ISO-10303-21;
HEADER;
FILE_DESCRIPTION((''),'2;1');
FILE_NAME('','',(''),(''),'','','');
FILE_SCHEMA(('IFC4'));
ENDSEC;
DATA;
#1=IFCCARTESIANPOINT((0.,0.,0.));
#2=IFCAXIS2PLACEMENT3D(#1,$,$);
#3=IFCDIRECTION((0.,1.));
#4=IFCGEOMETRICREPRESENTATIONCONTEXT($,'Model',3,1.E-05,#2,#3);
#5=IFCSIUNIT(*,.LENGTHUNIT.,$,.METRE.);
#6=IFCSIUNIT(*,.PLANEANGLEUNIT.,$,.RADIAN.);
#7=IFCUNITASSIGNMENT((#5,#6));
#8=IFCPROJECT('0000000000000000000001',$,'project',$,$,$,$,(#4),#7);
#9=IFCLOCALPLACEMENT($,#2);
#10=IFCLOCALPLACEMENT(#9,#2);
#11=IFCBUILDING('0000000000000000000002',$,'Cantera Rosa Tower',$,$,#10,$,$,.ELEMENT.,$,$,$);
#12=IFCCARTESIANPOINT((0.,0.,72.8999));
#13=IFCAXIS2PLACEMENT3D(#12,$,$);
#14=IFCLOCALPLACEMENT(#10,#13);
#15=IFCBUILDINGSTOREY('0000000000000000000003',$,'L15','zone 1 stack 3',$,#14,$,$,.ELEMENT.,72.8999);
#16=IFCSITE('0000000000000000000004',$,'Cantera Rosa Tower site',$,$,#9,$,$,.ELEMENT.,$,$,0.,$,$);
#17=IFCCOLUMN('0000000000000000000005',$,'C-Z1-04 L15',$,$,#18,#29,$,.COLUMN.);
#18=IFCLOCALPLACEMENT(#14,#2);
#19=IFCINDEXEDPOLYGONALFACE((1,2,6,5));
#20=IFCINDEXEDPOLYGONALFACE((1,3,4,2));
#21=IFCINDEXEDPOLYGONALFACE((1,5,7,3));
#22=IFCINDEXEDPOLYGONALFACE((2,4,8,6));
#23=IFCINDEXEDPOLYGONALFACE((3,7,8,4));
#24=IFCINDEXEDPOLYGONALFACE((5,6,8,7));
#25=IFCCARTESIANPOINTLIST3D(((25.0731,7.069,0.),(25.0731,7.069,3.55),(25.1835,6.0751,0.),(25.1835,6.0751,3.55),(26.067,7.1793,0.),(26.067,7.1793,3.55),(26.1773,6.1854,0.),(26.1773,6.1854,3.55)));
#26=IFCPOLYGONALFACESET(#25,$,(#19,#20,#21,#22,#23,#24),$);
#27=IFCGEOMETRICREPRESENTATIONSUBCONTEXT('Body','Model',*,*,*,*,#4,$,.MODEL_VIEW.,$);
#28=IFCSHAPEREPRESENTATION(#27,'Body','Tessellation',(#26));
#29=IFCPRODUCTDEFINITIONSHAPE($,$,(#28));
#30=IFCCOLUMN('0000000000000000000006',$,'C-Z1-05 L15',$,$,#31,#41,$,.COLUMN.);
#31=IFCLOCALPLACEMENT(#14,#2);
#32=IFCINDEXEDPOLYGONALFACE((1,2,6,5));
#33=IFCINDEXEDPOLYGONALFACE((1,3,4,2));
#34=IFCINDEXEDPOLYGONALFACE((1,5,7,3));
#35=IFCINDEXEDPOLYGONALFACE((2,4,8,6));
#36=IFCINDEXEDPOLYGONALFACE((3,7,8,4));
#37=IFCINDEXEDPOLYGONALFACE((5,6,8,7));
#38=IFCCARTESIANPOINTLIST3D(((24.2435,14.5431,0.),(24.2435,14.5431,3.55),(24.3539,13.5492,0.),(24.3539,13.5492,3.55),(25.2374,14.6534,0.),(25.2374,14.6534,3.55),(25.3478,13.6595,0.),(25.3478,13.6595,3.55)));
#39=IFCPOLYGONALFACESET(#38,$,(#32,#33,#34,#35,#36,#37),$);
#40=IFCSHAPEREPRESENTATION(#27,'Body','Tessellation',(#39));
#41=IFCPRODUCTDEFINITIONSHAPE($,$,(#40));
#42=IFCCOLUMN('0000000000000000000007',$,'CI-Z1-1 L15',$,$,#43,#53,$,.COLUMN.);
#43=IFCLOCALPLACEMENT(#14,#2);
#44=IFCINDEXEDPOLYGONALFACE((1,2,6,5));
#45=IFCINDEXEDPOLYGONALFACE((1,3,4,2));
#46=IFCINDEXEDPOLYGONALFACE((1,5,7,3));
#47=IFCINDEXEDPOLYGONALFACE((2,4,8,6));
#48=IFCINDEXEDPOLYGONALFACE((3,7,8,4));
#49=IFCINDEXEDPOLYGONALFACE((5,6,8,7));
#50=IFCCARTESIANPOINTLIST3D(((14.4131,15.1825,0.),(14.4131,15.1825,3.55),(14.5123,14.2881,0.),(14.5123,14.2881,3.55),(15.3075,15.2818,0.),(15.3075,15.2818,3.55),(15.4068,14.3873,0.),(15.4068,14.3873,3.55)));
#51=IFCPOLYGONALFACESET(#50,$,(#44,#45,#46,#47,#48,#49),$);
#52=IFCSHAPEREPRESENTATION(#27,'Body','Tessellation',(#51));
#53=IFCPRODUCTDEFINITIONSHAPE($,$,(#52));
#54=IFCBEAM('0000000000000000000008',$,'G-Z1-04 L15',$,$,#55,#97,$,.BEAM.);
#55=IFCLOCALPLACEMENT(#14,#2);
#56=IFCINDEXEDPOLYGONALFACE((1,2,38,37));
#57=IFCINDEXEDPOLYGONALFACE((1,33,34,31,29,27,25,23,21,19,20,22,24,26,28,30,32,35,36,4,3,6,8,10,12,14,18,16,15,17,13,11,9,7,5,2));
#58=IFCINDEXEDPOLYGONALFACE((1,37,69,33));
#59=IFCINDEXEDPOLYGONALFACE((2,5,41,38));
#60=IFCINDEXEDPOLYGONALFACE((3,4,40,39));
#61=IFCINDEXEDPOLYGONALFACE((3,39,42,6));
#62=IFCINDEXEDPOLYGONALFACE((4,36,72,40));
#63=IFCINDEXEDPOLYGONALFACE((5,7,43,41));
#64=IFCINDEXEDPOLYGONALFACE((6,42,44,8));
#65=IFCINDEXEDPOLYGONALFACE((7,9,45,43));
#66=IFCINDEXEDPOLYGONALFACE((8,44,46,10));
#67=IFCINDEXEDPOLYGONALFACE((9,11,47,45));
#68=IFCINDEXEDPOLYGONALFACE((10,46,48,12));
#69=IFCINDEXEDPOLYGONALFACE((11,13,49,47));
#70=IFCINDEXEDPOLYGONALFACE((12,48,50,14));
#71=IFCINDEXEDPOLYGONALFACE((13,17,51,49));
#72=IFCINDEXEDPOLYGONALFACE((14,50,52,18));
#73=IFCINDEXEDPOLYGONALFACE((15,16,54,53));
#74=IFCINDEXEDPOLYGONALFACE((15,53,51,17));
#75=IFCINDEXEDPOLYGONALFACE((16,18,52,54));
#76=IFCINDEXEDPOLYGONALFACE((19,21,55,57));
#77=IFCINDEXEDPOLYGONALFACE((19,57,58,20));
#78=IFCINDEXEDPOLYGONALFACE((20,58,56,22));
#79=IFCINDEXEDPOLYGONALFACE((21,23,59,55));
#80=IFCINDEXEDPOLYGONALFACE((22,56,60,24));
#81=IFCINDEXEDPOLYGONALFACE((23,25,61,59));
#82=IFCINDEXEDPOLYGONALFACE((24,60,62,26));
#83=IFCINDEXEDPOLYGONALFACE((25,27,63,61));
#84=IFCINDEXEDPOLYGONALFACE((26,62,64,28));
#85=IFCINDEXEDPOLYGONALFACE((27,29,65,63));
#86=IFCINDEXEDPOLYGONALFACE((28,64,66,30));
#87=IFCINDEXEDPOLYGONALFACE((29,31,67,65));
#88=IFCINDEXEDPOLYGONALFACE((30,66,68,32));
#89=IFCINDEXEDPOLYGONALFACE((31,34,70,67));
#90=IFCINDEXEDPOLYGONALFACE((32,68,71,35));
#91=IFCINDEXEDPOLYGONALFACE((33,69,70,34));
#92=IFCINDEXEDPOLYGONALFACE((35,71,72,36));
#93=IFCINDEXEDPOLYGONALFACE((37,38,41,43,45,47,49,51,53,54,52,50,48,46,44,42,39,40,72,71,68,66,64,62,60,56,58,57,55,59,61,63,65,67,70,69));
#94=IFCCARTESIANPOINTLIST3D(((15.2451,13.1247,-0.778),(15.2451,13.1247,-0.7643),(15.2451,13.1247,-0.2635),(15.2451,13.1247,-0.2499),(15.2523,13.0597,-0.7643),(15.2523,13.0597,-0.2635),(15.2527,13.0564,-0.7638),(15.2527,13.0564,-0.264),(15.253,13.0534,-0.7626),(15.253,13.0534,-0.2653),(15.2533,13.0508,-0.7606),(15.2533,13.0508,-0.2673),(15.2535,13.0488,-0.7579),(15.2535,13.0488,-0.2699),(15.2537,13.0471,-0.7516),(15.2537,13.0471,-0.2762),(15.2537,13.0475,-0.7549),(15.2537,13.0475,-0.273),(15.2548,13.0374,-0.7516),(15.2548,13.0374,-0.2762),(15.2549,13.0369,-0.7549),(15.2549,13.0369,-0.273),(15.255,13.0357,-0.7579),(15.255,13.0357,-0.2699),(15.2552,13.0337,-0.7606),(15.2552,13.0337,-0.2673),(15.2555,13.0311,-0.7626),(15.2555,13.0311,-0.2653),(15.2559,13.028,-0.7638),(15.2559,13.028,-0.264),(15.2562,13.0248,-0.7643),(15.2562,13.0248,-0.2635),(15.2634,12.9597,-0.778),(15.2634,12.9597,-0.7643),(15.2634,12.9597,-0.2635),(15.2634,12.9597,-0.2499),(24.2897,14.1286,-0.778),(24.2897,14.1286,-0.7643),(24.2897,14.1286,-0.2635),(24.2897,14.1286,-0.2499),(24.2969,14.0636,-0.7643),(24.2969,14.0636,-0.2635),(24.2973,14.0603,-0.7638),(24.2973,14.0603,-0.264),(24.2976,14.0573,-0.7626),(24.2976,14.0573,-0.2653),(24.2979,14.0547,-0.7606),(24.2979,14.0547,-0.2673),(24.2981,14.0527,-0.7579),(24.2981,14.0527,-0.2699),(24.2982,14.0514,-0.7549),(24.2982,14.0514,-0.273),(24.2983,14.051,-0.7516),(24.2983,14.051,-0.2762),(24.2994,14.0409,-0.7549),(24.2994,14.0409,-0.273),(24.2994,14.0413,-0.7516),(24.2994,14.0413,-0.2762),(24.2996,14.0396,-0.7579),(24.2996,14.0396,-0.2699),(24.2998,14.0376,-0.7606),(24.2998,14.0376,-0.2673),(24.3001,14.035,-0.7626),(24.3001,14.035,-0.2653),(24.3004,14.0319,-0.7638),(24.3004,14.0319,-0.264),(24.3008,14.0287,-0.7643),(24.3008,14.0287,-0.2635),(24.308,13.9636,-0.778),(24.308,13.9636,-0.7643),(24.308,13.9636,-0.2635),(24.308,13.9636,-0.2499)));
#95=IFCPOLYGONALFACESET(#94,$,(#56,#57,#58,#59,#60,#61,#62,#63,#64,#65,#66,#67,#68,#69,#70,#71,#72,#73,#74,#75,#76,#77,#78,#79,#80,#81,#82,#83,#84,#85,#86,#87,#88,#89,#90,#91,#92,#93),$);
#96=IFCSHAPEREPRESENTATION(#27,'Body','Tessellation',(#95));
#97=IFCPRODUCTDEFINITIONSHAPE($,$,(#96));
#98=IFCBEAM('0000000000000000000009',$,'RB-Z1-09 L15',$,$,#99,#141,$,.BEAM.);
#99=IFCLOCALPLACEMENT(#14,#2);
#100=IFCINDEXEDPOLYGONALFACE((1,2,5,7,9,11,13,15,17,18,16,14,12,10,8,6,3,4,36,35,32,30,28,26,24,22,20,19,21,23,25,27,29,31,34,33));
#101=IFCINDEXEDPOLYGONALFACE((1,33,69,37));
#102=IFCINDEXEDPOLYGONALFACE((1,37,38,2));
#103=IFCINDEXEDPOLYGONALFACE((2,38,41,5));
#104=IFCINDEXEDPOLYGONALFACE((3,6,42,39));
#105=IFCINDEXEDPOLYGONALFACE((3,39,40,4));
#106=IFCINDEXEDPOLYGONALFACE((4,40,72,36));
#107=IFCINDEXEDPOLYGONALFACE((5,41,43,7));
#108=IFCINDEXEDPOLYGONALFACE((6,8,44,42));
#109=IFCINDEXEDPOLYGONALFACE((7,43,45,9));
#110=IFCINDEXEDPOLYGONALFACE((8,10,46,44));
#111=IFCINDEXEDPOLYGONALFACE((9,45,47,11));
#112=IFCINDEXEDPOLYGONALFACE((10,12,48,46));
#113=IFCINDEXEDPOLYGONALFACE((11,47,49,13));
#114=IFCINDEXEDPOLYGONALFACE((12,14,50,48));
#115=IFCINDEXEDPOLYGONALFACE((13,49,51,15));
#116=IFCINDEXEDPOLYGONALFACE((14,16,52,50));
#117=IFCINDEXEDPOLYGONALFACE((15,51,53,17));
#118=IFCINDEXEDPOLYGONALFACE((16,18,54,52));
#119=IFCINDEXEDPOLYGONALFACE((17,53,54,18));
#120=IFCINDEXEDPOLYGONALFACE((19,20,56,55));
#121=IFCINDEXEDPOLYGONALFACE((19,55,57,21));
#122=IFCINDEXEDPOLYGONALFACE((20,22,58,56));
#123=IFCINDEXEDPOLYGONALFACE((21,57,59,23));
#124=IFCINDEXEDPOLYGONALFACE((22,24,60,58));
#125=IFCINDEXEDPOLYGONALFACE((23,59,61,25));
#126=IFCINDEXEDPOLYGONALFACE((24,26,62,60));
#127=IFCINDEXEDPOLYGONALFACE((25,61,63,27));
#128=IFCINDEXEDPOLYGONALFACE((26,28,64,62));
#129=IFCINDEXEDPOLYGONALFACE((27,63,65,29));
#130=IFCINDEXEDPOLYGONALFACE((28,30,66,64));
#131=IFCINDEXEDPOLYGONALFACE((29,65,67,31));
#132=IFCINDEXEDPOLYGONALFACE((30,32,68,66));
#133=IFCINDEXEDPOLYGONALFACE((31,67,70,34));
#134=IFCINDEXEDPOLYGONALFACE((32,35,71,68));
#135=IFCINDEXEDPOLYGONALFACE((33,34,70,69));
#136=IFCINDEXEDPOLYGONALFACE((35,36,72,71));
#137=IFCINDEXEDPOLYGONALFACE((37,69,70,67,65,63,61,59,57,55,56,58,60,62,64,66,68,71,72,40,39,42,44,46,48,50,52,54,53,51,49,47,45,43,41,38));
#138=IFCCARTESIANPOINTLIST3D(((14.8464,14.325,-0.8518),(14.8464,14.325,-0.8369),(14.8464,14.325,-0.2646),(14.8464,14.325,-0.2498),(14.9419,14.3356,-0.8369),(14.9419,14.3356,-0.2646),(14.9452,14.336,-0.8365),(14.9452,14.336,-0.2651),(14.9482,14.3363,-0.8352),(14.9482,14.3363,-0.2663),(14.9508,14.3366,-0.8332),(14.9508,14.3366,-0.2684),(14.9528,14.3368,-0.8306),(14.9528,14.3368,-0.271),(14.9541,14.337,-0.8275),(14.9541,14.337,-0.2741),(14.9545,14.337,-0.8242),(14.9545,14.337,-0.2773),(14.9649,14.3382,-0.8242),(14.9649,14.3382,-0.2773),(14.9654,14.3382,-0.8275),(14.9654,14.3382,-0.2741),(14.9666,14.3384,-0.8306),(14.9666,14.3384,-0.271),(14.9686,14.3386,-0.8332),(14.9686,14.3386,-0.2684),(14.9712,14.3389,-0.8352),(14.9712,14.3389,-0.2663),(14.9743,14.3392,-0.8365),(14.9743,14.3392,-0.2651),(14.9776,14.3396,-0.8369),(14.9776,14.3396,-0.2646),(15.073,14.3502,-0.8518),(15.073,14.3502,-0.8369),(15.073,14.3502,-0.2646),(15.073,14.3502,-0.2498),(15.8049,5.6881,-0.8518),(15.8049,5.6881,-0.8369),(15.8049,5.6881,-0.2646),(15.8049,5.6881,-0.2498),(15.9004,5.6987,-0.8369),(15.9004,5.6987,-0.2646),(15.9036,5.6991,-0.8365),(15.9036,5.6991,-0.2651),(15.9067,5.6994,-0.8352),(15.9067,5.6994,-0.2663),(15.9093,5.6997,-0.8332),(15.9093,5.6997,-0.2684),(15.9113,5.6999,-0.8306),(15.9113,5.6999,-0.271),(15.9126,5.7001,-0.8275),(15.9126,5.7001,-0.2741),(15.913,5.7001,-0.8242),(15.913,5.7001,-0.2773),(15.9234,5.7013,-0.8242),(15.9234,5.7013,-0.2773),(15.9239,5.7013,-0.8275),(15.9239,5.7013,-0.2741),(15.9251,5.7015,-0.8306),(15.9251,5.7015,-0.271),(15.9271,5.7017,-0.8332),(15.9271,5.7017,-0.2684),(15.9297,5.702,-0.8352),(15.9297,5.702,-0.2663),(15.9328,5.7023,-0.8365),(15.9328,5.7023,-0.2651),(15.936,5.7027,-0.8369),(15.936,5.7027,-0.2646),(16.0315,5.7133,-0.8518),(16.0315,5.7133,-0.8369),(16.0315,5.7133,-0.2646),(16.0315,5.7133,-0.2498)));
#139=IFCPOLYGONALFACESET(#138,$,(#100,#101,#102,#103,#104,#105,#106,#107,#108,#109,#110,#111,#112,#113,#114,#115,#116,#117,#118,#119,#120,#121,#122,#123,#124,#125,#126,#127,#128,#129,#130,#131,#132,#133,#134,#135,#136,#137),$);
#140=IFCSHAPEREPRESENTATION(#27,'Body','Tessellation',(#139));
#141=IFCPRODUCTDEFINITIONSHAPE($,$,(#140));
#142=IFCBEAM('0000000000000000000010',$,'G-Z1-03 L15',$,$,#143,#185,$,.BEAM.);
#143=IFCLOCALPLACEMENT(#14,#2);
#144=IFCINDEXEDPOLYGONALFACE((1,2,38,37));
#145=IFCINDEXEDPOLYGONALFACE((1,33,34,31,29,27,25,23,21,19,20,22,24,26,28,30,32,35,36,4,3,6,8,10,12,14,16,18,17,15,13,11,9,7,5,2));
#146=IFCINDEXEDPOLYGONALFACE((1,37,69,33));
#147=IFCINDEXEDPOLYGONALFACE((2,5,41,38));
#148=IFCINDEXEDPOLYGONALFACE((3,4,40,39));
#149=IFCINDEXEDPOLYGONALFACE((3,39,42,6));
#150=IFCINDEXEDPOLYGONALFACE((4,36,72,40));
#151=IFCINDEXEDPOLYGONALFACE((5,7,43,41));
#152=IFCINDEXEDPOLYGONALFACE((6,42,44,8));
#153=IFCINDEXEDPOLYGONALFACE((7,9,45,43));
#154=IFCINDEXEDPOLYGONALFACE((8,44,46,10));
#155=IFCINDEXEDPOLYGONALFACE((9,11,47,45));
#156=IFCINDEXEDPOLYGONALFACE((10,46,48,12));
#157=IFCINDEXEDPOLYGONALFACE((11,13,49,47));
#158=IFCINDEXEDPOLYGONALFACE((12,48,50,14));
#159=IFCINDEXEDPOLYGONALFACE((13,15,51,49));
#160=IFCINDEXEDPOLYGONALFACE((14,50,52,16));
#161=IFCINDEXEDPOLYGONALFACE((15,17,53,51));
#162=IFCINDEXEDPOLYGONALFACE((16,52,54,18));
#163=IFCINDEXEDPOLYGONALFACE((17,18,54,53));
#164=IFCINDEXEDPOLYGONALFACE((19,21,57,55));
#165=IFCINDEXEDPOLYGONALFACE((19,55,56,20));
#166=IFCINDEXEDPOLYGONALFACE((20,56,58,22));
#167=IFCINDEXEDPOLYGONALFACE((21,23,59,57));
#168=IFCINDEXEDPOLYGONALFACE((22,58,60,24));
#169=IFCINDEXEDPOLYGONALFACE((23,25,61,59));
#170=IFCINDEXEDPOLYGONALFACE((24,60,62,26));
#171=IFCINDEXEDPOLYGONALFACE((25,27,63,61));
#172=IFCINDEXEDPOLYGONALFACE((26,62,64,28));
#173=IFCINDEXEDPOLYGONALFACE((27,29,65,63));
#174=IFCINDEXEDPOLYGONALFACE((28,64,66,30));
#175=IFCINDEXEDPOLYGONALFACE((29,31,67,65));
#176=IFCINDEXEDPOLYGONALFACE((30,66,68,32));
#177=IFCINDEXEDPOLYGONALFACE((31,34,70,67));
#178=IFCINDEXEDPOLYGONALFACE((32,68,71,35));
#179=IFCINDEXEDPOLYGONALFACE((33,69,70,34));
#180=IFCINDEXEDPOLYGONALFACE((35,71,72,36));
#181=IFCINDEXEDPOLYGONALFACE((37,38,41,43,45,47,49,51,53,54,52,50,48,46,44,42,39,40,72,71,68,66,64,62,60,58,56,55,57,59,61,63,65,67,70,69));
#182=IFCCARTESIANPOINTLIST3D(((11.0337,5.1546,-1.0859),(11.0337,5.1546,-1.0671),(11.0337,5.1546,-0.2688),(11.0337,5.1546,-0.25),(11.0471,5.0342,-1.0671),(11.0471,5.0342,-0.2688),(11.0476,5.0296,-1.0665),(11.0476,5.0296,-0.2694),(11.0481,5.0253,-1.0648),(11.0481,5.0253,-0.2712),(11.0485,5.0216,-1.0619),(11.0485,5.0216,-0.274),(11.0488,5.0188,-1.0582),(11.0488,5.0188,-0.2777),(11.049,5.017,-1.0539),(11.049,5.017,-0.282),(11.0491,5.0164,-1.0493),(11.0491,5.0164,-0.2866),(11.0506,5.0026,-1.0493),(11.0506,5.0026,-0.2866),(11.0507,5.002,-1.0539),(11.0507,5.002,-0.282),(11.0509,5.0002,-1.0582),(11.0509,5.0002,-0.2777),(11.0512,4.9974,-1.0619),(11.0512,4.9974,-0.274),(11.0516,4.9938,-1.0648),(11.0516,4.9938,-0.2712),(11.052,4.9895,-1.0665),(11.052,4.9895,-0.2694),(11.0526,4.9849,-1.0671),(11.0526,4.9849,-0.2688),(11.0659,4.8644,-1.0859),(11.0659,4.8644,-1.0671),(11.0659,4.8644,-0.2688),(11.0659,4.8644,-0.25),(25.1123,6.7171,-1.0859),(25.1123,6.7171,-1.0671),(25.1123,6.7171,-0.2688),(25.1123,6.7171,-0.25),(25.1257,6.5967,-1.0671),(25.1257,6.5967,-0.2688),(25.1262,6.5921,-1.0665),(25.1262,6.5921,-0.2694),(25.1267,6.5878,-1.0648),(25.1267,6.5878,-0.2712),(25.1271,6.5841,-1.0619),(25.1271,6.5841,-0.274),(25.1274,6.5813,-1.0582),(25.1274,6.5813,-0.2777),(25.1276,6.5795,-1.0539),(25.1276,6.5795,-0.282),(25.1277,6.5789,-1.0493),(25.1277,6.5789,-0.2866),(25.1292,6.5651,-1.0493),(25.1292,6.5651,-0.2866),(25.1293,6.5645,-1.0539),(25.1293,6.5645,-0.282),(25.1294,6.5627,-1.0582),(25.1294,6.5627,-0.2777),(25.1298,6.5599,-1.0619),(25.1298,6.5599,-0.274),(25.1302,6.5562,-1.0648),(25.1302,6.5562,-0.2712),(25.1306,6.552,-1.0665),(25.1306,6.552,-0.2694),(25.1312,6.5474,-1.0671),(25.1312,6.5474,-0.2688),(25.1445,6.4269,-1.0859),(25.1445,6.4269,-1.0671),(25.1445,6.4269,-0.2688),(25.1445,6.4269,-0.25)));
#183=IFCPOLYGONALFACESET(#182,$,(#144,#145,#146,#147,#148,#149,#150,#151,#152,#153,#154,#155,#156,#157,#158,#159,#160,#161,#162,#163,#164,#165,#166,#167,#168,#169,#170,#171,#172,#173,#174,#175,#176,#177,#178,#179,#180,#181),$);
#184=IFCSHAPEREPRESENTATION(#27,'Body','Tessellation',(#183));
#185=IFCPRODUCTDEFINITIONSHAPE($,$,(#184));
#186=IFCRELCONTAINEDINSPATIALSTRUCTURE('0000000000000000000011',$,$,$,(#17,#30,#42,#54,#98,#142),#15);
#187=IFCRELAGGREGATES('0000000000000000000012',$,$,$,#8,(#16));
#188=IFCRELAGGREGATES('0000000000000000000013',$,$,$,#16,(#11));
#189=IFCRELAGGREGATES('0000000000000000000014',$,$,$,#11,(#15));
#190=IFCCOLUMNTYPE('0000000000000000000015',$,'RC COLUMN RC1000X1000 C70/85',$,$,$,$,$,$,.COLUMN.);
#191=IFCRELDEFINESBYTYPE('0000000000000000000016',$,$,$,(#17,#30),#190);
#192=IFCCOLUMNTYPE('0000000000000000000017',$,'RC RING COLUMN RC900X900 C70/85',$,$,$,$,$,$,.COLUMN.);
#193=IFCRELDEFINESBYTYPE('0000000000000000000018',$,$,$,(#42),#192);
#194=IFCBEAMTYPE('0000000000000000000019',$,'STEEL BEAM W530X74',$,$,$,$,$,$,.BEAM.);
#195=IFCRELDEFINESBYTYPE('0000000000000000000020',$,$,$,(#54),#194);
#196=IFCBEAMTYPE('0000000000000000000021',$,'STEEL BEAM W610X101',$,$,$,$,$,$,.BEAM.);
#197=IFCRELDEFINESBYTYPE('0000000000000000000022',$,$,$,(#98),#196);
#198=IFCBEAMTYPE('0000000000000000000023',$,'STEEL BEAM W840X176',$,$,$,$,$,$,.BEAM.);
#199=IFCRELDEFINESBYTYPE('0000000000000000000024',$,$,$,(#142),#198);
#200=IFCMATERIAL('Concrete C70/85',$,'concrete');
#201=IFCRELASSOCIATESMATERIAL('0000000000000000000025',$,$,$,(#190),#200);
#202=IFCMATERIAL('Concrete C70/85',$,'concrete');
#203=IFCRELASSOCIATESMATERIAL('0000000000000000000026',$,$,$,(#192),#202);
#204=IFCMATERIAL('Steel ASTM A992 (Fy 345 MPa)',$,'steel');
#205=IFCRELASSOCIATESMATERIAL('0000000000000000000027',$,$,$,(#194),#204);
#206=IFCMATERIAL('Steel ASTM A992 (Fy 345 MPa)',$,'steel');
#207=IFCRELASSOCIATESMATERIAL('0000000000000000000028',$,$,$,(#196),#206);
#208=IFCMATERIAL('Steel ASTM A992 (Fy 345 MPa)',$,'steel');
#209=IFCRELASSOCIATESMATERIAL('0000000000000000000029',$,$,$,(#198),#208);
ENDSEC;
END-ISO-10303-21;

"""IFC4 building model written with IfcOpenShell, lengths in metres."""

from ifc_helpers import new_model, si_unit, direction, frame, origin, origin_2d, place, context, subcontext, project, spatial, rectangle, i_section, extrude, material, material_profile, profile_set, type_object, element, save


model = new_model("IFC4")

# Units and contexts
model_context = context("Model", 3, precision=1e-05, world=origin(), true_north=direction((0.0, 1.0)))
body_context = subcontext(model_context, "Body", "Model", "MODEL_VIEW")
ifc_project = project(units=[si_unit("LENGTHUNIT", "METRE"), si_unit("PLANEANGLEUNIT", "RADIAN")], contexts=[model_context])

# Site, building, storey
site_placement = place(None, origin())
site = spatial("IfcSite", under=ifc_project, at=site_placement, Name="Cantera Rosa Tower site", CompositionType="ELEMENT", RefElevation=0.0)
building_placement = place(site_placement, origin())
building = spatial("IfcBuilding", under=site, at=building_placement, Name="Cantera Rosa Tower", CompositionType="ELEMENT")
storey_placement = place(building_placement, frame((0.0, 0.0, 72.8999)))
storey = spatial("IfcBuildingStorey", under=building, at=storey_placement, Name="L15", Description="zone 1 stack 3", CompositionType="ELEMENT", Elevation=72.8999)

# Columns
ifc_material_1 = material(Name="Concrete C70/85", Category="concrete")
ifc_material_profile_1 = material_profile(ifc_material_1, rectangle(XDim=1.0, YDim=1.0, at=origin_2d()), Name="RC COLUMN RC1000X1000 C70/85")
ifc_profile_set_1 = profile_set([ifc_material_profile_1], Name="Concrete C70/85")
column_type_1 = type_object("IfcColumnType", Name="RC COLUMN RC1000X1000 C70/85", PredefinedType="COLUMN", material=ifc_profile_set_1)
for number, where, z_axis, x_axis, name in (
    (1, (25.6252, 6.6272, 0.0), (0.0, 0.0, 1.0), (0.993897, 0.110313, 0.0), "C-Z1-04 L15"),
    (2, (24.7957, 14.1013, 0.0), (0.0, 0.0, 1.0), (0.993897, 0.110313, 0.0), "C-Z1-05 L15"),
):
    element("IfcColumn", number, at=place(storey_placement, frame(where, z_axis=z_axis, x_axis=x_axis)), inside=storey, type_object=column_type_1, Name=name, PredefinedType="COLUMN", context=body_context, shape_type="SweptSolid", body=[
        extrude(rectangle(XDim=1.0, YDim=1.0, at=origin_2d()), origin(), (0.0, 0.0, 1.0), 3.55),
    ])
ifc_material_2 = material(Name="Concrete C70/85", Category="concrete")
ifc_material_profile_2 = material_profile(ifc_material_2, rectangle(XDim=0.8999, YDim=0.8999, at=origin_2d()), Name="RC RING COLUMN RC900X900 C70/85")
ifc_profile_set_2 = profile_set([ifc_material_profile_2], Name="Concrete C70/85")
column_type_2 = type_object("IfcColumnType", Name="RC RING COLUMN RC900X900 C70/85", PredefinedType="COLUMN", material=ifc_profile_set_2)
column_placement = place(storey_placement, frame((14.9099, 14.7849, 0.0), z_axis=(0.0, 0.0, 1.0), x_axis=(0.993897, 0.110313, 0.0)))
element("IfcColumn", 3, at=column_placement, inside=storey, type_object=column_type_2, Name="CI-Z1-1 L15", PredefinedType="COLUMN", context=body_context, shape_type="SweptSolid", body=[
    extrude(rectangle(XDim=0.8999, YDim=0.8999, at=origin_2d()), origin(), (0.0, 0.0, 1.0), 3.55),
])

# Beams
ifc_material_3 = material(Name="Steel ASTM A992 (Fy 345 MPa)", Category="steel")
ifc_material_profile_3 = material_profile(ifc_material_3, i_section(OverallWidth=0.166, OverallDepth=0.5281, WebThickness=0.0098, FlangeThickness=0.0137, FilletRadius=0.0127, at=origin_2d()), Name="W530X74")
ifc_profile_set_3 = profile_set([ifc_material_profile_3], Name="Steel ASTM A992 (Fy 345 MPa)")
beam_type_1 = type_object("IfcBeamType", Name="STEEL BEAM W530X74", PredefinedType="BEAM", material=ifc_profile_set_3)
beam_1_placement = place(storey_placement, frame((24.2988, 14.0461, -0.5139), z_axis=(-0.993896, -0.11032, 0.0), x_axis=(0.11032, -0.993896, 0.0)))
element("IfcBeam", 4, at=beam_1_placement, inside=storey, type_object=beam_type_1, Name="G-Z1-04 L15", PredefinedType="BEAM", context=body_context, shape_type="SweptSolid", body=[
    extrude(i_section(OverallWidth=0.166, OverallDepth=0.5281, WebThickness=0.0098, FlangeThickness=0.0137, FilletRadius=0.0127, at=origin_2d()), origin(), (0.0, 0.0, 1.0), 9.1001),
])
ifc_material_4 = material(Name="Steel ASTM A992 (Fy 345 MPa)", Category="steel")
ifc_material_profile_4 = material_profile(ifc_material_4, i_section(OverallWidth=0.228, OverallDepth=0.6021, WebThickness=0.0105, FlangeThickness=0.0149, FilletRadius=0.0127, at=origin_2d()), Name="W610X101")
ifc_profile_set_4 = profile_set([ifc_material_profile_4], Name="Steel ASTM A992 (Fy 345 MPa)")
beam_type_2 = type_object("IfcBeamType", Name="STEEL BEAM W610X101", PredefinedType="BEAM", material=ifc_profile_set_4)
beam_2_placement = place(storey_placement, frame((15.9182, 5.7007, -0.5508), z_axis=(-0.110299, 0.993898, 0.0), x_axis=(-0.993898, -0.110299, 0.0)))
element("IfcBeam", 5, at=beam_2_placement, inside=storey, type_object=beam_type_2, Name="RB-Z1-09 L15", PredefinedType="BEAM", context=body_context, shape_type="SweptSolid", body=[
    extrude(i_section(OverallWidth=0.228, OverallDepth=0.6021, WebThickness=0.0105, FlangeThickness=0.0149, FilletRadius=0.0127, at=origin_2d()), origin(), (0.0, 0.0, 1.0), 8.6899),
])
ifc_material_5 = material(Name="Steel ASTM A992 (Fy 345 MPa)", Category="steel")
ifc_material_profile_5 = material_profile(ifc_material_5, i_section(OverallWidth=0.292, OverallDepth=0.8359, WebThickness=0.0139, FlangeThickness=0.0188, FilletRadius=0.0178, at=origin_2d()), Name="W840X176")
ifc_profile_set_5 = profile_set([ifc_material_profile_5], Name="Steel ASTM A992 (Fy 345 MPa)")
beam_type_3 = type_object("IfcBeamType", Name="STEEL BEAM W840X176", PredefinedType="BEAM", material=ifc_profile_set_5)
beam_3_placement = place(storey_placement, frame((25.1284, 6.572, -0.668), z_axis=(-0.993898, -0.110307, 0.0), x_axis=(0.110307, -0.993898, 0.0)))
element("IfcBeam", 6, at=beam_3_placement, inside=storey, type_object=beam_type_3, Name="G-Z1-03 L15", PredefinedType="BEAM", context=body_context, shape_type="SweptSolid", body=[
    extrude(i_section(OverallWidth=0.292, OverallDepth=0.8359, WebThickness=0.0139, FlangeThickness=0.0188, FilletRadius=0.0178, at=origin_2d()), origin(), (0.0, 0.0, 1.0), 14.165),
])

save(model, "model.ifc")
